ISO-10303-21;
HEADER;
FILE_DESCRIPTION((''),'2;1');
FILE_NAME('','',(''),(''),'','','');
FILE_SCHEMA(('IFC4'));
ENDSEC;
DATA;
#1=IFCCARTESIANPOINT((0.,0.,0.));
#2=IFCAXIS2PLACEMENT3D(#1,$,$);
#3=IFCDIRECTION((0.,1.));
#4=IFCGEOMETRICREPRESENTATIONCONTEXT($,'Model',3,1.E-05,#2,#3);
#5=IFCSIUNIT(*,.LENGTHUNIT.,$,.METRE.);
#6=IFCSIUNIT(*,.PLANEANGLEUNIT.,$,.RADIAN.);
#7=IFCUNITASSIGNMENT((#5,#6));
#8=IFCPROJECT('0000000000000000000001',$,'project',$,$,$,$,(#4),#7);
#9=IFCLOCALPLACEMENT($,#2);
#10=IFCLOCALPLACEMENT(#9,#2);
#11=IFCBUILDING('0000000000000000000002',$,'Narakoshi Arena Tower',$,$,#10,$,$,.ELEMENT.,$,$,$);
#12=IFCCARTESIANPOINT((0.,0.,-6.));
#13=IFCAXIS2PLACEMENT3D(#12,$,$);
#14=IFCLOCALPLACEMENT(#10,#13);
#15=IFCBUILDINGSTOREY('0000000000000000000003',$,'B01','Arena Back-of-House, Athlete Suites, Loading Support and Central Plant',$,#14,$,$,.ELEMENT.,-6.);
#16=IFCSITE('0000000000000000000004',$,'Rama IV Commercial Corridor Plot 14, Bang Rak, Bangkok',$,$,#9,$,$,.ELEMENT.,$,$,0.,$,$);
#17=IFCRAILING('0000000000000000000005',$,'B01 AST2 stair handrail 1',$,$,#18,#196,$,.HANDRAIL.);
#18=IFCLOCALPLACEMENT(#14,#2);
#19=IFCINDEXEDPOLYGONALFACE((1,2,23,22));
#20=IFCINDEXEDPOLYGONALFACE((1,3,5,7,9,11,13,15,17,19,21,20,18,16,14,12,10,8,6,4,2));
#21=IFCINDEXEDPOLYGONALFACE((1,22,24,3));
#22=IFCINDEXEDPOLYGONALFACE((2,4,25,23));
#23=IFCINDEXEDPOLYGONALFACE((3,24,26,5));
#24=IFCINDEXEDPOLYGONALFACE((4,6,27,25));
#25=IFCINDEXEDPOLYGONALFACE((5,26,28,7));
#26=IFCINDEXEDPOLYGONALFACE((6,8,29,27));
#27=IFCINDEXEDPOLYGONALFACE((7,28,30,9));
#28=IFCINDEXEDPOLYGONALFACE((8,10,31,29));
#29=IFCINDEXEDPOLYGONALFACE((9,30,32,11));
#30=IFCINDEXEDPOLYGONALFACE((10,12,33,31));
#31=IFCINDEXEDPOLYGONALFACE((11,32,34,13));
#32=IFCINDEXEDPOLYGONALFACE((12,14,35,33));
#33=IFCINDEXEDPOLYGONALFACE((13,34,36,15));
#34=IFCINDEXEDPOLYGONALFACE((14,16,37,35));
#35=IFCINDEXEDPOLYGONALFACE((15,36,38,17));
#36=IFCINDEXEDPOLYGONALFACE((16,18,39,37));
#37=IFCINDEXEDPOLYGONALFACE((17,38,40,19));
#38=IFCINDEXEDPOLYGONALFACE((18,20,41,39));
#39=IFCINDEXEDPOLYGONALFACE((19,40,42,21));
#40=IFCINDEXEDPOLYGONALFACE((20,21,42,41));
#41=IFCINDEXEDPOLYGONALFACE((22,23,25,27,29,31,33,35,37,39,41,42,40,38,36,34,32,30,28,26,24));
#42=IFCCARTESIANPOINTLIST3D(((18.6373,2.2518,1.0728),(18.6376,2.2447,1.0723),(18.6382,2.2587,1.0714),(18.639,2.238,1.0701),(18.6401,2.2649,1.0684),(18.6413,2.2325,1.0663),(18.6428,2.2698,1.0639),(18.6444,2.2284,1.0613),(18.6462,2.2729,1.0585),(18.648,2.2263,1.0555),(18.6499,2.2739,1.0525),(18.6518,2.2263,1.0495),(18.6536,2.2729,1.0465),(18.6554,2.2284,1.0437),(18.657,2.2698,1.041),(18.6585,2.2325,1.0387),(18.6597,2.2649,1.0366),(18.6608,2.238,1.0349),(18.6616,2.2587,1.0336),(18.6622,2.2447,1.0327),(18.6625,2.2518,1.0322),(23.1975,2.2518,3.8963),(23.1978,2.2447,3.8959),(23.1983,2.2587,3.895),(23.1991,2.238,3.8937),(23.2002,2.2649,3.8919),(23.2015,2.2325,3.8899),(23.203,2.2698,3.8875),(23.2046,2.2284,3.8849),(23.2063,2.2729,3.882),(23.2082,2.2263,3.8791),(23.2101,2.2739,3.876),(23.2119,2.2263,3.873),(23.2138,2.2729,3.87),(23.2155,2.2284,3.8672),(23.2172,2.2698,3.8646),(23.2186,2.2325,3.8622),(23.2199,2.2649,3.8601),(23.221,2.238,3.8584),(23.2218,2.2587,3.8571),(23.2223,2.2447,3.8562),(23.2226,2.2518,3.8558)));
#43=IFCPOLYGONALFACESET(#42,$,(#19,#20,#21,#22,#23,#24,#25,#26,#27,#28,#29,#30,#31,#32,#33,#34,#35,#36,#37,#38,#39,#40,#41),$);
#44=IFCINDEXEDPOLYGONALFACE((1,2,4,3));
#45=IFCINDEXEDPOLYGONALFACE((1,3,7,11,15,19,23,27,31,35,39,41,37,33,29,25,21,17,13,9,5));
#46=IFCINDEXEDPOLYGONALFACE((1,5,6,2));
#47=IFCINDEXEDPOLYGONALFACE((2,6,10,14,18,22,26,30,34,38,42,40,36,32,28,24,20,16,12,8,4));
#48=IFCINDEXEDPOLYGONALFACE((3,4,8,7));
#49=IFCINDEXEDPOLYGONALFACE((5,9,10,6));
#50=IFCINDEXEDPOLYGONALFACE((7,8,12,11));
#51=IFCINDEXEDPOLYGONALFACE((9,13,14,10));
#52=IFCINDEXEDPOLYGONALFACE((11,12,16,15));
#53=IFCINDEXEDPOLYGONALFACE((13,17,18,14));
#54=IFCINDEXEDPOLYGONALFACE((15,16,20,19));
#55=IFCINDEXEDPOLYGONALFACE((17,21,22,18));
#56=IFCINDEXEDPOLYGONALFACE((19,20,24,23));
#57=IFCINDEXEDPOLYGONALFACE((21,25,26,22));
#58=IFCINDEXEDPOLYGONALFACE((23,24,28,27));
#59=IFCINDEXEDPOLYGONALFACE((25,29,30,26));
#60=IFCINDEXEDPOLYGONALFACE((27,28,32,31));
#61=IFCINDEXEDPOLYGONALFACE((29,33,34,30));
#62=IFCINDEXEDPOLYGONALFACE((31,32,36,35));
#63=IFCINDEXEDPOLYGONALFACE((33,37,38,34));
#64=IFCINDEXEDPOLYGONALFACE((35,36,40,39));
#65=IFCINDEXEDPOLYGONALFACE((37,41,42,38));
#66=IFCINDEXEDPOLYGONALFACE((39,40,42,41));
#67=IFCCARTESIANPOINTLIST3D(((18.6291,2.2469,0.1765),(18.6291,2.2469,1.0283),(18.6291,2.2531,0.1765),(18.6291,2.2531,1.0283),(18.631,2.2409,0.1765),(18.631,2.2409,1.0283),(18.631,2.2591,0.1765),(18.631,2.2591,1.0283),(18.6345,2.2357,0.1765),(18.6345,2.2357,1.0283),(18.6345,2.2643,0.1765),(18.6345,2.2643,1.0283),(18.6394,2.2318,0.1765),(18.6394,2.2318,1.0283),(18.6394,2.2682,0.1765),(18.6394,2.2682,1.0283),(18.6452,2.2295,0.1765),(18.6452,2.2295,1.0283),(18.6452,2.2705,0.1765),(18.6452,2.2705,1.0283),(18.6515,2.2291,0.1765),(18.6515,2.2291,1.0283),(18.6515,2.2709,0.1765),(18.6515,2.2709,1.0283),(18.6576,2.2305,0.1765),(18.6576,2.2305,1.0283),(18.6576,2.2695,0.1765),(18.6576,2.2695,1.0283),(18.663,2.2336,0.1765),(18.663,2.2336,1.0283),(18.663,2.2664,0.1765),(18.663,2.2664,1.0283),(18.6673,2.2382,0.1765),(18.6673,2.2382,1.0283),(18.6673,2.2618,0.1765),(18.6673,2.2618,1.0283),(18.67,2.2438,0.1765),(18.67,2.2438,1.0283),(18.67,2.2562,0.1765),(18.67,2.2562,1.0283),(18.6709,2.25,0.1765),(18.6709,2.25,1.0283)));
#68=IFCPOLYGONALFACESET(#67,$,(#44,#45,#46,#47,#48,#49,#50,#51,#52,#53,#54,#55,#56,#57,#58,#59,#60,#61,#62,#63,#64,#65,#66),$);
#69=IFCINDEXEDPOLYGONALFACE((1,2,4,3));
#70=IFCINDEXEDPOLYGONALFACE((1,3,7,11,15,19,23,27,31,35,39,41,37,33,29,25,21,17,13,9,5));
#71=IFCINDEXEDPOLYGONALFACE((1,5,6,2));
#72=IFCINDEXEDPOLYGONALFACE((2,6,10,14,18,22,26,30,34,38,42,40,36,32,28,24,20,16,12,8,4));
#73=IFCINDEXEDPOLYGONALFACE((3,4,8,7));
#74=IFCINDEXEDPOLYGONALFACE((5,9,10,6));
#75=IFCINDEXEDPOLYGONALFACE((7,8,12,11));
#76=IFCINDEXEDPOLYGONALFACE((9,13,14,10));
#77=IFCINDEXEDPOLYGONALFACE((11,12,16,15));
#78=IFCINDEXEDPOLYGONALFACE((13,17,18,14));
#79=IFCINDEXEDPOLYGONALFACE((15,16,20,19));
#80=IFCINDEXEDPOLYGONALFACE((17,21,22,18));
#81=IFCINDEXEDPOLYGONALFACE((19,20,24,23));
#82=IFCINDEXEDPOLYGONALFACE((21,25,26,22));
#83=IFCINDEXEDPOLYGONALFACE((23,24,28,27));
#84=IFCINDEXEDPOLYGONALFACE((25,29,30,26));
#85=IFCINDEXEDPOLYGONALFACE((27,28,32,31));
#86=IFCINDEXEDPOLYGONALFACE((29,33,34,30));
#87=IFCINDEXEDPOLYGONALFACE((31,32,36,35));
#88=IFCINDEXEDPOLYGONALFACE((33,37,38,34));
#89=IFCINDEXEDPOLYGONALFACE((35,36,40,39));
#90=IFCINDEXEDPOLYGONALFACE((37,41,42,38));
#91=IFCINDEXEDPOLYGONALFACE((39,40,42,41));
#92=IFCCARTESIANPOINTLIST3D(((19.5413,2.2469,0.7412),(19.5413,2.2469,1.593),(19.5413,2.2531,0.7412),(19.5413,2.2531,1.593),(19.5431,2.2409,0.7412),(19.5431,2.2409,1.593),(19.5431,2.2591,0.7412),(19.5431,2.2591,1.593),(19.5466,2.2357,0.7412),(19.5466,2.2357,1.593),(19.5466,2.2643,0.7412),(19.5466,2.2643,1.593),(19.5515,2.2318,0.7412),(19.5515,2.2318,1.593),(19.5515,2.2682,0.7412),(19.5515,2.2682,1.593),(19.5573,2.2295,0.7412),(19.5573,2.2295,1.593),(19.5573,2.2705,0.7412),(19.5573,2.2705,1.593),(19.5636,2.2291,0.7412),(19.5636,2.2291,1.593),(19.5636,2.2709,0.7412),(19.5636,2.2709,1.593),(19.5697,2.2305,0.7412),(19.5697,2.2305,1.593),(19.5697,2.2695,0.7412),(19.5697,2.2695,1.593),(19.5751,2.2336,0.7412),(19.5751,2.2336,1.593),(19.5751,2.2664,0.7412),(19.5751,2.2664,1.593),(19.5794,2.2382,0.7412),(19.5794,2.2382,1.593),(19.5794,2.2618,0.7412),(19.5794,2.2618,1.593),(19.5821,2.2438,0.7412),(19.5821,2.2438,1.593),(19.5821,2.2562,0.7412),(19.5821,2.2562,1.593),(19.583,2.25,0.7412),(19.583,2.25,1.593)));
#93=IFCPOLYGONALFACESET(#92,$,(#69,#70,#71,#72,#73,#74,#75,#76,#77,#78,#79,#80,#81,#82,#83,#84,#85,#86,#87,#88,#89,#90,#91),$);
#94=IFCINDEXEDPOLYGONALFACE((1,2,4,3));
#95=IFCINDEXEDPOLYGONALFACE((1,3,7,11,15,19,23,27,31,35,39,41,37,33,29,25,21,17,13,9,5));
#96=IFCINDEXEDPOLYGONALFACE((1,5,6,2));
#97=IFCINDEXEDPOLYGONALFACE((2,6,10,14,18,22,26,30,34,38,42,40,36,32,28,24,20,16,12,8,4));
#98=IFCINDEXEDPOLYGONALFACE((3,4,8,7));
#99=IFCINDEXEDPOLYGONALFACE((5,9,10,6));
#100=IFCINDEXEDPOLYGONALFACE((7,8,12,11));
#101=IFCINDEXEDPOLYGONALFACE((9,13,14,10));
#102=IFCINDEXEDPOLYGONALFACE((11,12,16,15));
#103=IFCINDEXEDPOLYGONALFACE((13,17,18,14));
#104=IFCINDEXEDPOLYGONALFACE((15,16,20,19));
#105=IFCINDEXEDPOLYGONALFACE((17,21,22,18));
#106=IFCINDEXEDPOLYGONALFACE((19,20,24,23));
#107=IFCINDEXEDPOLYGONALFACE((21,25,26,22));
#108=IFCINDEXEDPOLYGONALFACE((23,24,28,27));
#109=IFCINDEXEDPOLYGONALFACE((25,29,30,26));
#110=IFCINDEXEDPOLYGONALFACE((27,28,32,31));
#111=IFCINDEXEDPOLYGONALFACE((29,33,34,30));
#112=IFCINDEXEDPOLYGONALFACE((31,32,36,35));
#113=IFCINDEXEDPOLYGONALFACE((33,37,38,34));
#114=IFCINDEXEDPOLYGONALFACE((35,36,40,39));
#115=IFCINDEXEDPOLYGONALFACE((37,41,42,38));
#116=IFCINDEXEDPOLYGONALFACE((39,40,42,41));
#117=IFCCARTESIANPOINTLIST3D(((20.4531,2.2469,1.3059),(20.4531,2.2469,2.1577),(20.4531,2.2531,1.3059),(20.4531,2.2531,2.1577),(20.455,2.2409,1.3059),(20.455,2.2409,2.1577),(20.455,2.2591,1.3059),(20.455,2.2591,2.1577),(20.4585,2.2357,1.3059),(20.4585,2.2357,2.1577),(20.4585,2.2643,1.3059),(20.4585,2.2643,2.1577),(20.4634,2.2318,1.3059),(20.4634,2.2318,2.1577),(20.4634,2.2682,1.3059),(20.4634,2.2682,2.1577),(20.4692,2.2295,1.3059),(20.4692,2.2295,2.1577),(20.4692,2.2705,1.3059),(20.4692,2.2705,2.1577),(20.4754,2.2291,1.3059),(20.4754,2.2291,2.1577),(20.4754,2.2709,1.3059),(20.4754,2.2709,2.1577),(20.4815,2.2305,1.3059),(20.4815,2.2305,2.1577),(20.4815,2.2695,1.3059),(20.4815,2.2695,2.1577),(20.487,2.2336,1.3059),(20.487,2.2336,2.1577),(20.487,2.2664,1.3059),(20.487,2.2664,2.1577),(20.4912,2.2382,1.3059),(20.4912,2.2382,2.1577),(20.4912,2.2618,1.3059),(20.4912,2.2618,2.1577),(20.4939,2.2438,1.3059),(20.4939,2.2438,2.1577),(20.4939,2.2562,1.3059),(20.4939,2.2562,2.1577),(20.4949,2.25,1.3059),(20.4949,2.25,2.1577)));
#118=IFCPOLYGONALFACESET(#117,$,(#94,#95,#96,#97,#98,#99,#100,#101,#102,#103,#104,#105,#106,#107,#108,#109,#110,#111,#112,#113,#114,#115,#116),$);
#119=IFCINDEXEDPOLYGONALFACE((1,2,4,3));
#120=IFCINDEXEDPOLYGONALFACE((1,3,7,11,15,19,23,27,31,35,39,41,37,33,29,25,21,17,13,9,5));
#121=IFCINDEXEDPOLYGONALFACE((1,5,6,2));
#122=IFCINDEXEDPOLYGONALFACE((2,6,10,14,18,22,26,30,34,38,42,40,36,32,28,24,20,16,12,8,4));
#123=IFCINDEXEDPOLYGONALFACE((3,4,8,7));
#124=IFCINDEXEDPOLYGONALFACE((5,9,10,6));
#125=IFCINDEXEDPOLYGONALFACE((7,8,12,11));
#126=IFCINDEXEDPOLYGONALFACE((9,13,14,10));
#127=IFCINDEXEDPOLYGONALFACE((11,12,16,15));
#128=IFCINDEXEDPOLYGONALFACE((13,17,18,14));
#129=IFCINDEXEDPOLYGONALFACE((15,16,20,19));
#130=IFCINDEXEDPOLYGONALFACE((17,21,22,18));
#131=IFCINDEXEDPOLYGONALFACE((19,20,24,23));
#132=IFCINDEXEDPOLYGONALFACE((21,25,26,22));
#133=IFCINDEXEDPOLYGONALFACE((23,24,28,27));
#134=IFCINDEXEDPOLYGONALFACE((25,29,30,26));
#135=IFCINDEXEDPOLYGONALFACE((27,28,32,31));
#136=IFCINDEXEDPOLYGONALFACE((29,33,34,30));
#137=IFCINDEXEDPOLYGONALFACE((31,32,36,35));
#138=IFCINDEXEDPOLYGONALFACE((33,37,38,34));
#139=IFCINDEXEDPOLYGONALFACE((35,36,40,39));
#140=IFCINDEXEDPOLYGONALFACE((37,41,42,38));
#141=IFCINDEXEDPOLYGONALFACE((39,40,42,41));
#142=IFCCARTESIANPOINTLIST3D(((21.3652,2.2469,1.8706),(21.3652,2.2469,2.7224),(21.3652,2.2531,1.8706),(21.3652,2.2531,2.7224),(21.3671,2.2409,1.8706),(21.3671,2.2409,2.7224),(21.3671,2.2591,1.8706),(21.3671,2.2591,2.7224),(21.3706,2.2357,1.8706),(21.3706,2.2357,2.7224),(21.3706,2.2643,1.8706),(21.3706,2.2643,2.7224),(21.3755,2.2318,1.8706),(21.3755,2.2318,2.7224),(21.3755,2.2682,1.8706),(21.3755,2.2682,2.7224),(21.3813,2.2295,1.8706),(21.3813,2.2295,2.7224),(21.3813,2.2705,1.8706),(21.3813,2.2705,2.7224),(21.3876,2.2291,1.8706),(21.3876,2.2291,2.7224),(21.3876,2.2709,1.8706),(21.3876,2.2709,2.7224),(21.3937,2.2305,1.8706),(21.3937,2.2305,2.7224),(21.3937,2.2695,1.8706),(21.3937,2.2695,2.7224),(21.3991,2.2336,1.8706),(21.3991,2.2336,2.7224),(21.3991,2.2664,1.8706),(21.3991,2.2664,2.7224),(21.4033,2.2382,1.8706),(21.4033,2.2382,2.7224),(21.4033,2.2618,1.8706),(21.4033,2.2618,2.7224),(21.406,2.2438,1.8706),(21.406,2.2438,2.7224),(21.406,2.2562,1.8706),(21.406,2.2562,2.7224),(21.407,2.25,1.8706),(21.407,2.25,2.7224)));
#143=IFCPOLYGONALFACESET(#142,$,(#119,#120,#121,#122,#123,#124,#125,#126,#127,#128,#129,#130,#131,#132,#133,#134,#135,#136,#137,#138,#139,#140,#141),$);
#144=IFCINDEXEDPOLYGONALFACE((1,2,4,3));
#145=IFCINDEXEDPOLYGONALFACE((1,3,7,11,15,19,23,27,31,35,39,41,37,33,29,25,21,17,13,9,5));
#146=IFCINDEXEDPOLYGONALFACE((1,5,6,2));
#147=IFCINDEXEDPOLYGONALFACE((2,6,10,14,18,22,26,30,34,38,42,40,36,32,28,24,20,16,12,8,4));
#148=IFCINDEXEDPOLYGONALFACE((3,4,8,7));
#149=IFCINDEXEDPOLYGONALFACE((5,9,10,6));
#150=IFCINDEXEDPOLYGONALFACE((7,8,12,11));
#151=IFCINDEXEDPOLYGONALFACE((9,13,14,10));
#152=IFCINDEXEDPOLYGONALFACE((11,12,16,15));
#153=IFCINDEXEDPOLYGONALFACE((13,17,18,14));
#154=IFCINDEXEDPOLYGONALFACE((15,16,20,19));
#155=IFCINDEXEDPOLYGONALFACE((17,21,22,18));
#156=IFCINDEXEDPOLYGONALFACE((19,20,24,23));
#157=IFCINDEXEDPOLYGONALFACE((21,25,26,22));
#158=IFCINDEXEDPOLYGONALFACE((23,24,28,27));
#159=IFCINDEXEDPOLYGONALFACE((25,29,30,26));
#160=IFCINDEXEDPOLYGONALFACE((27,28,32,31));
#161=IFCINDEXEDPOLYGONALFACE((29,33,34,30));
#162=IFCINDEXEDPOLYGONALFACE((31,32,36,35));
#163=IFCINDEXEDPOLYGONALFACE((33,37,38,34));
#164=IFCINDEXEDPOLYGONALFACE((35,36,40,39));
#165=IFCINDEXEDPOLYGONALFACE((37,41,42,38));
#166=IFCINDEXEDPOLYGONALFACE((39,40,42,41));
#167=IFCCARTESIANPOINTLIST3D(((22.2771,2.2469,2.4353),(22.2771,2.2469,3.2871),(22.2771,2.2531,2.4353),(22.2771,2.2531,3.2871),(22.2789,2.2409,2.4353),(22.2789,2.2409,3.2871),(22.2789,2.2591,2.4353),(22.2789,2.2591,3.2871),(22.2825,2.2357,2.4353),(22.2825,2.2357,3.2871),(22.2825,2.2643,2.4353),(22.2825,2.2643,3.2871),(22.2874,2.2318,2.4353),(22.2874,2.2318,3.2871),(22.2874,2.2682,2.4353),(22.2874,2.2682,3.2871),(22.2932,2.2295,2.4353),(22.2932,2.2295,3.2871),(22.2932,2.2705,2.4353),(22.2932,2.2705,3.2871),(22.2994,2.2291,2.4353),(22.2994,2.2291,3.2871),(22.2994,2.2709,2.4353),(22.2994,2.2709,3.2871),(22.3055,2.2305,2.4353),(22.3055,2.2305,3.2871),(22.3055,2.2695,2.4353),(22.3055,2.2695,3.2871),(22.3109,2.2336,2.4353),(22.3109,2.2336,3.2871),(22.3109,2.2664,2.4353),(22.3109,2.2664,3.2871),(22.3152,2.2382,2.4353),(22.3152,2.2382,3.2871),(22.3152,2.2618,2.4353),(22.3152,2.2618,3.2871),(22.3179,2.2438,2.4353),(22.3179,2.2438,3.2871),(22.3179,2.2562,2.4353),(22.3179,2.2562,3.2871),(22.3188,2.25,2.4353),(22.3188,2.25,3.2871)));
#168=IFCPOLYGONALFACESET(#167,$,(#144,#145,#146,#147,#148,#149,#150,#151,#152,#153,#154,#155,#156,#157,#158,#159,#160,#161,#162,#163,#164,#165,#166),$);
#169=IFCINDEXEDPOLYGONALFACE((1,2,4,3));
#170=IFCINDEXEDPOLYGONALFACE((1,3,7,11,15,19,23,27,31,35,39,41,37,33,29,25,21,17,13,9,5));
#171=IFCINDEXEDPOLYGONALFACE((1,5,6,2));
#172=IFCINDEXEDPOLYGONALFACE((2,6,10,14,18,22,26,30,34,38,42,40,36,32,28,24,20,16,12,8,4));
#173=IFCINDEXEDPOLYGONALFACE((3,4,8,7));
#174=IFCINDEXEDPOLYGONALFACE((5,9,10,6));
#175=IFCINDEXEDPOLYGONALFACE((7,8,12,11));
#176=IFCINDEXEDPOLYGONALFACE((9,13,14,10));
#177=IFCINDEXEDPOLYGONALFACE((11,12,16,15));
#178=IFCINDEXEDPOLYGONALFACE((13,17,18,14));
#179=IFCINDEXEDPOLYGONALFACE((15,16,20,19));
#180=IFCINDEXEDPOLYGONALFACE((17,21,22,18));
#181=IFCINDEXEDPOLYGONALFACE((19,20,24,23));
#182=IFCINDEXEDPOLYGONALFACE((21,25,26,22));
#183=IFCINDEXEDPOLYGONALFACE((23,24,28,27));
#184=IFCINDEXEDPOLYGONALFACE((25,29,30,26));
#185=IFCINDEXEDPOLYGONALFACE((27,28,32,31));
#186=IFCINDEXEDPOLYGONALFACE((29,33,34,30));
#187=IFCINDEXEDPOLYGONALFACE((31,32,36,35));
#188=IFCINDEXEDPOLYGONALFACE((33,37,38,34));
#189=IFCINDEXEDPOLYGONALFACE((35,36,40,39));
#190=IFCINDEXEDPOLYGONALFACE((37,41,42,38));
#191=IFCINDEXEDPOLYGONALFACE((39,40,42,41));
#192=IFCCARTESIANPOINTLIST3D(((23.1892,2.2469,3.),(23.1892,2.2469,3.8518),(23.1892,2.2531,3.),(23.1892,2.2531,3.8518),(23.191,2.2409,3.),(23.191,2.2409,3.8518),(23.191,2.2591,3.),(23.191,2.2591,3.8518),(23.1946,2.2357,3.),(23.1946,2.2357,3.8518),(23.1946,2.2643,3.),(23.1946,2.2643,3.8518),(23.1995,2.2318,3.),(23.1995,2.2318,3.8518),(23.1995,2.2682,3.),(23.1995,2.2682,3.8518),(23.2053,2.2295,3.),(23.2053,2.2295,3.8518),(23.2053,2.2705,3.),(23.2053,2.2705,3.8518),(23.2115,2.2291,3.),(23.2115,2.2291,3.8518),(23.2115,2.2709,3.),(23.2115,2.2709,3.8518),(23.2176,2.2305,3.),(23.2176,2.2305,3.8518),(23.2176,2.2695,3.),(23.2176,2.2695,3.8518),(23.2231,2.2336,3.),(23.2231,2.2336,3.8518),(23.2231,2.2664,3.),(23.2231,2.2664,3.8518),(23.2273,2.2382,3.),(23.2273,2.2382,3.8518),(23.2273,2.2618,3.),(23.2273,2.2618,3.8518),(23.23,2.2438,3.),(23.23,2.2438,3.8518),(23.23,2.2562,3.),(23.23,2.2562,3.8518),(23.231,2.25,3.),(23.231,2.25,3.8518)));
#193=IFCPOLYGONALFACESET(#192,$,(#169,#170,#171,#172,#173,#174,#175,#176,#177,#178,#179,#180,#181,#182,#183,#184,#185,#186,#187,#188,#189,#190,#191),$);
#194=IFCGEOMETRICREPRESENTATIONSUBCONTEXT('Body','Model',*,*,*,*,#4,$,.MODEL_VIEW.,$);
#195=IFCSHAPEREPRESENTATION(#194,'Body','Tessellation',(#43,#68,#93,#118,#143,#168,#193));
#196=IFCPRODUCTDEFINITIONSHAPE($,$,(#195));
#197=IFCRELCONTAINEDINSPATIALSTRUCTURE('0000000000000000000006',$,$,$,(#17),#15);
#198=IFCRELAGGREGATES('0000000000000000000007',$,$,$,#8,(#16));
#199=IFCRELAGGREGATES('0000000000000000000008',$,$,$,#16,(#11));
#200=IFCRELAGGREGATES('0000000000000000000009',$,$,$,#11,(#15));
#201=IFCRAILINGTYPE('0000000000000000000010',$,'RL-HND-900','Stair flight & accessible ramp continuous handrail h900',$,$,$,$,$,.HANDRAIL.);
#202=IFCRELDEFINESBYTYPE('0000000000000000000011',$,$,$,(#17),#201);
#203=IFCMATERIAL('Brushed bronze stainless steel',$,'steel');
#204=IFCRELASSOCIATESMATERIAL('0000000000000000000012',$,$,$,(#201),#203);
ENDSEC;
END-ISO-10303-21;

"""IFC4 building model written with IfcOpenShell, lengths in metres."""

from ifc_helpers import new_model, si_unit, direction, frame, origin, origin_2d, place, context, subcontext, project, spatial, circle, extrude, material, type_object, element, save


model = new_model("IFC4")

# Units and contexts
model_context = context("Model", 3, precision=1e-05, world=origin(), true_north=direction((0.0, 1.0)))
body_context = subcontext(model_context, "Body", "Model", "MODEL_VIEW")
ifc_project = project(units=[si_unit("LENGTHUNIT", "METRE"), si_unit("PLANEANGLEUNIT", "RADIAN")], contexts=[model_context])

# Site, building, storey
site_placement = place(None, origin())
site = spatial("IfcSite", under=ifc_project, at=site_placement, Name="Rama IV Commercial Corridor Plot 14, Bang Rak, Bangkok", CompositionType="ELEMENT", RefElevation=0.0)
building_placement = place(site_placement, origin())
building = spatial("IfcBuilding", under=site, at=building_placement, Name="Narakoshi Arena Tower", CompositionType="ELEMENT")
storey_placement = place(building_placement, frame((0.0, 0.0, -6.0)))
storey = spatial("IfcBuildingStorey", under=building, at=storey_placement, Name="B01", Description="Arena Back-of-House, Athlete Suites, Loading Support and Central Plant", CompositionType="ELEMENT", Elevation=-6.0)

# Railing
ifc_material_1 = material(Name="Brushed bronze stainless steel", Category="steel")
railing_type_1 = type_object("IfcRailingType", Name="RL-HND-900", Description="Stair flight & accessible ramp continuous handrail h900", PredefinedType="HANDRAIL", material=ifc_material_1)
railing_1_placement = place(storey_placement, frame((18.6499, 2.25, 0.1765)))
element("IfcRailing", 1, at=railing_1_placement, inside=storey, type_object=railing_type_1, Name="B01 AST2 stair handrail 1", PredefinedType="HANDRAIL", context=body_context, shape_type="SweptSolid", body=[
    extrude(circle(Radius=0.0239, at=origin_2d()), frame((0.0, 0.0, 0.876), z_axis=(0.850216, 0.0, 0.526435), x_axis=(0.0, 1.0, 0.0)), (0.0, 0.0, 1.0), 5.3635),
    extrude(circle(Radius=0.021, at=origin_2d()), origin(), (0.0, 0.0, 1.0), 0.8518),
    extrude(circle(Radius=0.021, at=origin_2d()), frame((0.9121, 0.0, 0.5647)), (0.0, 0.0, 1.0), 0.8518),
    extrude(circle(Radius=0.021, at=origin_2d()), frame((1.824, 0.0, 1.1294)), (0.0, 0.0, 1.0), 0.8518),
    extrude(circle(Radius=0.021, at=origin_2d()), frame((2.7361, 0.0, 1.6941)), (0.0, 0.0, 1.0), 0.8518),
    extrude(circle(Radius=0.021, at=origin_2d()), frame((3.6479, 0.0, 2.2588)), (0.0, 0.0, 1.0), 0.8518),
    extrude(circle(Radius=0.021, at=origin_2d()), frame((4.5601, 0.0, 2.8235)), (0.0, 0.0, 1.0), 0.8518),
])

save(model, "model.ifc")
